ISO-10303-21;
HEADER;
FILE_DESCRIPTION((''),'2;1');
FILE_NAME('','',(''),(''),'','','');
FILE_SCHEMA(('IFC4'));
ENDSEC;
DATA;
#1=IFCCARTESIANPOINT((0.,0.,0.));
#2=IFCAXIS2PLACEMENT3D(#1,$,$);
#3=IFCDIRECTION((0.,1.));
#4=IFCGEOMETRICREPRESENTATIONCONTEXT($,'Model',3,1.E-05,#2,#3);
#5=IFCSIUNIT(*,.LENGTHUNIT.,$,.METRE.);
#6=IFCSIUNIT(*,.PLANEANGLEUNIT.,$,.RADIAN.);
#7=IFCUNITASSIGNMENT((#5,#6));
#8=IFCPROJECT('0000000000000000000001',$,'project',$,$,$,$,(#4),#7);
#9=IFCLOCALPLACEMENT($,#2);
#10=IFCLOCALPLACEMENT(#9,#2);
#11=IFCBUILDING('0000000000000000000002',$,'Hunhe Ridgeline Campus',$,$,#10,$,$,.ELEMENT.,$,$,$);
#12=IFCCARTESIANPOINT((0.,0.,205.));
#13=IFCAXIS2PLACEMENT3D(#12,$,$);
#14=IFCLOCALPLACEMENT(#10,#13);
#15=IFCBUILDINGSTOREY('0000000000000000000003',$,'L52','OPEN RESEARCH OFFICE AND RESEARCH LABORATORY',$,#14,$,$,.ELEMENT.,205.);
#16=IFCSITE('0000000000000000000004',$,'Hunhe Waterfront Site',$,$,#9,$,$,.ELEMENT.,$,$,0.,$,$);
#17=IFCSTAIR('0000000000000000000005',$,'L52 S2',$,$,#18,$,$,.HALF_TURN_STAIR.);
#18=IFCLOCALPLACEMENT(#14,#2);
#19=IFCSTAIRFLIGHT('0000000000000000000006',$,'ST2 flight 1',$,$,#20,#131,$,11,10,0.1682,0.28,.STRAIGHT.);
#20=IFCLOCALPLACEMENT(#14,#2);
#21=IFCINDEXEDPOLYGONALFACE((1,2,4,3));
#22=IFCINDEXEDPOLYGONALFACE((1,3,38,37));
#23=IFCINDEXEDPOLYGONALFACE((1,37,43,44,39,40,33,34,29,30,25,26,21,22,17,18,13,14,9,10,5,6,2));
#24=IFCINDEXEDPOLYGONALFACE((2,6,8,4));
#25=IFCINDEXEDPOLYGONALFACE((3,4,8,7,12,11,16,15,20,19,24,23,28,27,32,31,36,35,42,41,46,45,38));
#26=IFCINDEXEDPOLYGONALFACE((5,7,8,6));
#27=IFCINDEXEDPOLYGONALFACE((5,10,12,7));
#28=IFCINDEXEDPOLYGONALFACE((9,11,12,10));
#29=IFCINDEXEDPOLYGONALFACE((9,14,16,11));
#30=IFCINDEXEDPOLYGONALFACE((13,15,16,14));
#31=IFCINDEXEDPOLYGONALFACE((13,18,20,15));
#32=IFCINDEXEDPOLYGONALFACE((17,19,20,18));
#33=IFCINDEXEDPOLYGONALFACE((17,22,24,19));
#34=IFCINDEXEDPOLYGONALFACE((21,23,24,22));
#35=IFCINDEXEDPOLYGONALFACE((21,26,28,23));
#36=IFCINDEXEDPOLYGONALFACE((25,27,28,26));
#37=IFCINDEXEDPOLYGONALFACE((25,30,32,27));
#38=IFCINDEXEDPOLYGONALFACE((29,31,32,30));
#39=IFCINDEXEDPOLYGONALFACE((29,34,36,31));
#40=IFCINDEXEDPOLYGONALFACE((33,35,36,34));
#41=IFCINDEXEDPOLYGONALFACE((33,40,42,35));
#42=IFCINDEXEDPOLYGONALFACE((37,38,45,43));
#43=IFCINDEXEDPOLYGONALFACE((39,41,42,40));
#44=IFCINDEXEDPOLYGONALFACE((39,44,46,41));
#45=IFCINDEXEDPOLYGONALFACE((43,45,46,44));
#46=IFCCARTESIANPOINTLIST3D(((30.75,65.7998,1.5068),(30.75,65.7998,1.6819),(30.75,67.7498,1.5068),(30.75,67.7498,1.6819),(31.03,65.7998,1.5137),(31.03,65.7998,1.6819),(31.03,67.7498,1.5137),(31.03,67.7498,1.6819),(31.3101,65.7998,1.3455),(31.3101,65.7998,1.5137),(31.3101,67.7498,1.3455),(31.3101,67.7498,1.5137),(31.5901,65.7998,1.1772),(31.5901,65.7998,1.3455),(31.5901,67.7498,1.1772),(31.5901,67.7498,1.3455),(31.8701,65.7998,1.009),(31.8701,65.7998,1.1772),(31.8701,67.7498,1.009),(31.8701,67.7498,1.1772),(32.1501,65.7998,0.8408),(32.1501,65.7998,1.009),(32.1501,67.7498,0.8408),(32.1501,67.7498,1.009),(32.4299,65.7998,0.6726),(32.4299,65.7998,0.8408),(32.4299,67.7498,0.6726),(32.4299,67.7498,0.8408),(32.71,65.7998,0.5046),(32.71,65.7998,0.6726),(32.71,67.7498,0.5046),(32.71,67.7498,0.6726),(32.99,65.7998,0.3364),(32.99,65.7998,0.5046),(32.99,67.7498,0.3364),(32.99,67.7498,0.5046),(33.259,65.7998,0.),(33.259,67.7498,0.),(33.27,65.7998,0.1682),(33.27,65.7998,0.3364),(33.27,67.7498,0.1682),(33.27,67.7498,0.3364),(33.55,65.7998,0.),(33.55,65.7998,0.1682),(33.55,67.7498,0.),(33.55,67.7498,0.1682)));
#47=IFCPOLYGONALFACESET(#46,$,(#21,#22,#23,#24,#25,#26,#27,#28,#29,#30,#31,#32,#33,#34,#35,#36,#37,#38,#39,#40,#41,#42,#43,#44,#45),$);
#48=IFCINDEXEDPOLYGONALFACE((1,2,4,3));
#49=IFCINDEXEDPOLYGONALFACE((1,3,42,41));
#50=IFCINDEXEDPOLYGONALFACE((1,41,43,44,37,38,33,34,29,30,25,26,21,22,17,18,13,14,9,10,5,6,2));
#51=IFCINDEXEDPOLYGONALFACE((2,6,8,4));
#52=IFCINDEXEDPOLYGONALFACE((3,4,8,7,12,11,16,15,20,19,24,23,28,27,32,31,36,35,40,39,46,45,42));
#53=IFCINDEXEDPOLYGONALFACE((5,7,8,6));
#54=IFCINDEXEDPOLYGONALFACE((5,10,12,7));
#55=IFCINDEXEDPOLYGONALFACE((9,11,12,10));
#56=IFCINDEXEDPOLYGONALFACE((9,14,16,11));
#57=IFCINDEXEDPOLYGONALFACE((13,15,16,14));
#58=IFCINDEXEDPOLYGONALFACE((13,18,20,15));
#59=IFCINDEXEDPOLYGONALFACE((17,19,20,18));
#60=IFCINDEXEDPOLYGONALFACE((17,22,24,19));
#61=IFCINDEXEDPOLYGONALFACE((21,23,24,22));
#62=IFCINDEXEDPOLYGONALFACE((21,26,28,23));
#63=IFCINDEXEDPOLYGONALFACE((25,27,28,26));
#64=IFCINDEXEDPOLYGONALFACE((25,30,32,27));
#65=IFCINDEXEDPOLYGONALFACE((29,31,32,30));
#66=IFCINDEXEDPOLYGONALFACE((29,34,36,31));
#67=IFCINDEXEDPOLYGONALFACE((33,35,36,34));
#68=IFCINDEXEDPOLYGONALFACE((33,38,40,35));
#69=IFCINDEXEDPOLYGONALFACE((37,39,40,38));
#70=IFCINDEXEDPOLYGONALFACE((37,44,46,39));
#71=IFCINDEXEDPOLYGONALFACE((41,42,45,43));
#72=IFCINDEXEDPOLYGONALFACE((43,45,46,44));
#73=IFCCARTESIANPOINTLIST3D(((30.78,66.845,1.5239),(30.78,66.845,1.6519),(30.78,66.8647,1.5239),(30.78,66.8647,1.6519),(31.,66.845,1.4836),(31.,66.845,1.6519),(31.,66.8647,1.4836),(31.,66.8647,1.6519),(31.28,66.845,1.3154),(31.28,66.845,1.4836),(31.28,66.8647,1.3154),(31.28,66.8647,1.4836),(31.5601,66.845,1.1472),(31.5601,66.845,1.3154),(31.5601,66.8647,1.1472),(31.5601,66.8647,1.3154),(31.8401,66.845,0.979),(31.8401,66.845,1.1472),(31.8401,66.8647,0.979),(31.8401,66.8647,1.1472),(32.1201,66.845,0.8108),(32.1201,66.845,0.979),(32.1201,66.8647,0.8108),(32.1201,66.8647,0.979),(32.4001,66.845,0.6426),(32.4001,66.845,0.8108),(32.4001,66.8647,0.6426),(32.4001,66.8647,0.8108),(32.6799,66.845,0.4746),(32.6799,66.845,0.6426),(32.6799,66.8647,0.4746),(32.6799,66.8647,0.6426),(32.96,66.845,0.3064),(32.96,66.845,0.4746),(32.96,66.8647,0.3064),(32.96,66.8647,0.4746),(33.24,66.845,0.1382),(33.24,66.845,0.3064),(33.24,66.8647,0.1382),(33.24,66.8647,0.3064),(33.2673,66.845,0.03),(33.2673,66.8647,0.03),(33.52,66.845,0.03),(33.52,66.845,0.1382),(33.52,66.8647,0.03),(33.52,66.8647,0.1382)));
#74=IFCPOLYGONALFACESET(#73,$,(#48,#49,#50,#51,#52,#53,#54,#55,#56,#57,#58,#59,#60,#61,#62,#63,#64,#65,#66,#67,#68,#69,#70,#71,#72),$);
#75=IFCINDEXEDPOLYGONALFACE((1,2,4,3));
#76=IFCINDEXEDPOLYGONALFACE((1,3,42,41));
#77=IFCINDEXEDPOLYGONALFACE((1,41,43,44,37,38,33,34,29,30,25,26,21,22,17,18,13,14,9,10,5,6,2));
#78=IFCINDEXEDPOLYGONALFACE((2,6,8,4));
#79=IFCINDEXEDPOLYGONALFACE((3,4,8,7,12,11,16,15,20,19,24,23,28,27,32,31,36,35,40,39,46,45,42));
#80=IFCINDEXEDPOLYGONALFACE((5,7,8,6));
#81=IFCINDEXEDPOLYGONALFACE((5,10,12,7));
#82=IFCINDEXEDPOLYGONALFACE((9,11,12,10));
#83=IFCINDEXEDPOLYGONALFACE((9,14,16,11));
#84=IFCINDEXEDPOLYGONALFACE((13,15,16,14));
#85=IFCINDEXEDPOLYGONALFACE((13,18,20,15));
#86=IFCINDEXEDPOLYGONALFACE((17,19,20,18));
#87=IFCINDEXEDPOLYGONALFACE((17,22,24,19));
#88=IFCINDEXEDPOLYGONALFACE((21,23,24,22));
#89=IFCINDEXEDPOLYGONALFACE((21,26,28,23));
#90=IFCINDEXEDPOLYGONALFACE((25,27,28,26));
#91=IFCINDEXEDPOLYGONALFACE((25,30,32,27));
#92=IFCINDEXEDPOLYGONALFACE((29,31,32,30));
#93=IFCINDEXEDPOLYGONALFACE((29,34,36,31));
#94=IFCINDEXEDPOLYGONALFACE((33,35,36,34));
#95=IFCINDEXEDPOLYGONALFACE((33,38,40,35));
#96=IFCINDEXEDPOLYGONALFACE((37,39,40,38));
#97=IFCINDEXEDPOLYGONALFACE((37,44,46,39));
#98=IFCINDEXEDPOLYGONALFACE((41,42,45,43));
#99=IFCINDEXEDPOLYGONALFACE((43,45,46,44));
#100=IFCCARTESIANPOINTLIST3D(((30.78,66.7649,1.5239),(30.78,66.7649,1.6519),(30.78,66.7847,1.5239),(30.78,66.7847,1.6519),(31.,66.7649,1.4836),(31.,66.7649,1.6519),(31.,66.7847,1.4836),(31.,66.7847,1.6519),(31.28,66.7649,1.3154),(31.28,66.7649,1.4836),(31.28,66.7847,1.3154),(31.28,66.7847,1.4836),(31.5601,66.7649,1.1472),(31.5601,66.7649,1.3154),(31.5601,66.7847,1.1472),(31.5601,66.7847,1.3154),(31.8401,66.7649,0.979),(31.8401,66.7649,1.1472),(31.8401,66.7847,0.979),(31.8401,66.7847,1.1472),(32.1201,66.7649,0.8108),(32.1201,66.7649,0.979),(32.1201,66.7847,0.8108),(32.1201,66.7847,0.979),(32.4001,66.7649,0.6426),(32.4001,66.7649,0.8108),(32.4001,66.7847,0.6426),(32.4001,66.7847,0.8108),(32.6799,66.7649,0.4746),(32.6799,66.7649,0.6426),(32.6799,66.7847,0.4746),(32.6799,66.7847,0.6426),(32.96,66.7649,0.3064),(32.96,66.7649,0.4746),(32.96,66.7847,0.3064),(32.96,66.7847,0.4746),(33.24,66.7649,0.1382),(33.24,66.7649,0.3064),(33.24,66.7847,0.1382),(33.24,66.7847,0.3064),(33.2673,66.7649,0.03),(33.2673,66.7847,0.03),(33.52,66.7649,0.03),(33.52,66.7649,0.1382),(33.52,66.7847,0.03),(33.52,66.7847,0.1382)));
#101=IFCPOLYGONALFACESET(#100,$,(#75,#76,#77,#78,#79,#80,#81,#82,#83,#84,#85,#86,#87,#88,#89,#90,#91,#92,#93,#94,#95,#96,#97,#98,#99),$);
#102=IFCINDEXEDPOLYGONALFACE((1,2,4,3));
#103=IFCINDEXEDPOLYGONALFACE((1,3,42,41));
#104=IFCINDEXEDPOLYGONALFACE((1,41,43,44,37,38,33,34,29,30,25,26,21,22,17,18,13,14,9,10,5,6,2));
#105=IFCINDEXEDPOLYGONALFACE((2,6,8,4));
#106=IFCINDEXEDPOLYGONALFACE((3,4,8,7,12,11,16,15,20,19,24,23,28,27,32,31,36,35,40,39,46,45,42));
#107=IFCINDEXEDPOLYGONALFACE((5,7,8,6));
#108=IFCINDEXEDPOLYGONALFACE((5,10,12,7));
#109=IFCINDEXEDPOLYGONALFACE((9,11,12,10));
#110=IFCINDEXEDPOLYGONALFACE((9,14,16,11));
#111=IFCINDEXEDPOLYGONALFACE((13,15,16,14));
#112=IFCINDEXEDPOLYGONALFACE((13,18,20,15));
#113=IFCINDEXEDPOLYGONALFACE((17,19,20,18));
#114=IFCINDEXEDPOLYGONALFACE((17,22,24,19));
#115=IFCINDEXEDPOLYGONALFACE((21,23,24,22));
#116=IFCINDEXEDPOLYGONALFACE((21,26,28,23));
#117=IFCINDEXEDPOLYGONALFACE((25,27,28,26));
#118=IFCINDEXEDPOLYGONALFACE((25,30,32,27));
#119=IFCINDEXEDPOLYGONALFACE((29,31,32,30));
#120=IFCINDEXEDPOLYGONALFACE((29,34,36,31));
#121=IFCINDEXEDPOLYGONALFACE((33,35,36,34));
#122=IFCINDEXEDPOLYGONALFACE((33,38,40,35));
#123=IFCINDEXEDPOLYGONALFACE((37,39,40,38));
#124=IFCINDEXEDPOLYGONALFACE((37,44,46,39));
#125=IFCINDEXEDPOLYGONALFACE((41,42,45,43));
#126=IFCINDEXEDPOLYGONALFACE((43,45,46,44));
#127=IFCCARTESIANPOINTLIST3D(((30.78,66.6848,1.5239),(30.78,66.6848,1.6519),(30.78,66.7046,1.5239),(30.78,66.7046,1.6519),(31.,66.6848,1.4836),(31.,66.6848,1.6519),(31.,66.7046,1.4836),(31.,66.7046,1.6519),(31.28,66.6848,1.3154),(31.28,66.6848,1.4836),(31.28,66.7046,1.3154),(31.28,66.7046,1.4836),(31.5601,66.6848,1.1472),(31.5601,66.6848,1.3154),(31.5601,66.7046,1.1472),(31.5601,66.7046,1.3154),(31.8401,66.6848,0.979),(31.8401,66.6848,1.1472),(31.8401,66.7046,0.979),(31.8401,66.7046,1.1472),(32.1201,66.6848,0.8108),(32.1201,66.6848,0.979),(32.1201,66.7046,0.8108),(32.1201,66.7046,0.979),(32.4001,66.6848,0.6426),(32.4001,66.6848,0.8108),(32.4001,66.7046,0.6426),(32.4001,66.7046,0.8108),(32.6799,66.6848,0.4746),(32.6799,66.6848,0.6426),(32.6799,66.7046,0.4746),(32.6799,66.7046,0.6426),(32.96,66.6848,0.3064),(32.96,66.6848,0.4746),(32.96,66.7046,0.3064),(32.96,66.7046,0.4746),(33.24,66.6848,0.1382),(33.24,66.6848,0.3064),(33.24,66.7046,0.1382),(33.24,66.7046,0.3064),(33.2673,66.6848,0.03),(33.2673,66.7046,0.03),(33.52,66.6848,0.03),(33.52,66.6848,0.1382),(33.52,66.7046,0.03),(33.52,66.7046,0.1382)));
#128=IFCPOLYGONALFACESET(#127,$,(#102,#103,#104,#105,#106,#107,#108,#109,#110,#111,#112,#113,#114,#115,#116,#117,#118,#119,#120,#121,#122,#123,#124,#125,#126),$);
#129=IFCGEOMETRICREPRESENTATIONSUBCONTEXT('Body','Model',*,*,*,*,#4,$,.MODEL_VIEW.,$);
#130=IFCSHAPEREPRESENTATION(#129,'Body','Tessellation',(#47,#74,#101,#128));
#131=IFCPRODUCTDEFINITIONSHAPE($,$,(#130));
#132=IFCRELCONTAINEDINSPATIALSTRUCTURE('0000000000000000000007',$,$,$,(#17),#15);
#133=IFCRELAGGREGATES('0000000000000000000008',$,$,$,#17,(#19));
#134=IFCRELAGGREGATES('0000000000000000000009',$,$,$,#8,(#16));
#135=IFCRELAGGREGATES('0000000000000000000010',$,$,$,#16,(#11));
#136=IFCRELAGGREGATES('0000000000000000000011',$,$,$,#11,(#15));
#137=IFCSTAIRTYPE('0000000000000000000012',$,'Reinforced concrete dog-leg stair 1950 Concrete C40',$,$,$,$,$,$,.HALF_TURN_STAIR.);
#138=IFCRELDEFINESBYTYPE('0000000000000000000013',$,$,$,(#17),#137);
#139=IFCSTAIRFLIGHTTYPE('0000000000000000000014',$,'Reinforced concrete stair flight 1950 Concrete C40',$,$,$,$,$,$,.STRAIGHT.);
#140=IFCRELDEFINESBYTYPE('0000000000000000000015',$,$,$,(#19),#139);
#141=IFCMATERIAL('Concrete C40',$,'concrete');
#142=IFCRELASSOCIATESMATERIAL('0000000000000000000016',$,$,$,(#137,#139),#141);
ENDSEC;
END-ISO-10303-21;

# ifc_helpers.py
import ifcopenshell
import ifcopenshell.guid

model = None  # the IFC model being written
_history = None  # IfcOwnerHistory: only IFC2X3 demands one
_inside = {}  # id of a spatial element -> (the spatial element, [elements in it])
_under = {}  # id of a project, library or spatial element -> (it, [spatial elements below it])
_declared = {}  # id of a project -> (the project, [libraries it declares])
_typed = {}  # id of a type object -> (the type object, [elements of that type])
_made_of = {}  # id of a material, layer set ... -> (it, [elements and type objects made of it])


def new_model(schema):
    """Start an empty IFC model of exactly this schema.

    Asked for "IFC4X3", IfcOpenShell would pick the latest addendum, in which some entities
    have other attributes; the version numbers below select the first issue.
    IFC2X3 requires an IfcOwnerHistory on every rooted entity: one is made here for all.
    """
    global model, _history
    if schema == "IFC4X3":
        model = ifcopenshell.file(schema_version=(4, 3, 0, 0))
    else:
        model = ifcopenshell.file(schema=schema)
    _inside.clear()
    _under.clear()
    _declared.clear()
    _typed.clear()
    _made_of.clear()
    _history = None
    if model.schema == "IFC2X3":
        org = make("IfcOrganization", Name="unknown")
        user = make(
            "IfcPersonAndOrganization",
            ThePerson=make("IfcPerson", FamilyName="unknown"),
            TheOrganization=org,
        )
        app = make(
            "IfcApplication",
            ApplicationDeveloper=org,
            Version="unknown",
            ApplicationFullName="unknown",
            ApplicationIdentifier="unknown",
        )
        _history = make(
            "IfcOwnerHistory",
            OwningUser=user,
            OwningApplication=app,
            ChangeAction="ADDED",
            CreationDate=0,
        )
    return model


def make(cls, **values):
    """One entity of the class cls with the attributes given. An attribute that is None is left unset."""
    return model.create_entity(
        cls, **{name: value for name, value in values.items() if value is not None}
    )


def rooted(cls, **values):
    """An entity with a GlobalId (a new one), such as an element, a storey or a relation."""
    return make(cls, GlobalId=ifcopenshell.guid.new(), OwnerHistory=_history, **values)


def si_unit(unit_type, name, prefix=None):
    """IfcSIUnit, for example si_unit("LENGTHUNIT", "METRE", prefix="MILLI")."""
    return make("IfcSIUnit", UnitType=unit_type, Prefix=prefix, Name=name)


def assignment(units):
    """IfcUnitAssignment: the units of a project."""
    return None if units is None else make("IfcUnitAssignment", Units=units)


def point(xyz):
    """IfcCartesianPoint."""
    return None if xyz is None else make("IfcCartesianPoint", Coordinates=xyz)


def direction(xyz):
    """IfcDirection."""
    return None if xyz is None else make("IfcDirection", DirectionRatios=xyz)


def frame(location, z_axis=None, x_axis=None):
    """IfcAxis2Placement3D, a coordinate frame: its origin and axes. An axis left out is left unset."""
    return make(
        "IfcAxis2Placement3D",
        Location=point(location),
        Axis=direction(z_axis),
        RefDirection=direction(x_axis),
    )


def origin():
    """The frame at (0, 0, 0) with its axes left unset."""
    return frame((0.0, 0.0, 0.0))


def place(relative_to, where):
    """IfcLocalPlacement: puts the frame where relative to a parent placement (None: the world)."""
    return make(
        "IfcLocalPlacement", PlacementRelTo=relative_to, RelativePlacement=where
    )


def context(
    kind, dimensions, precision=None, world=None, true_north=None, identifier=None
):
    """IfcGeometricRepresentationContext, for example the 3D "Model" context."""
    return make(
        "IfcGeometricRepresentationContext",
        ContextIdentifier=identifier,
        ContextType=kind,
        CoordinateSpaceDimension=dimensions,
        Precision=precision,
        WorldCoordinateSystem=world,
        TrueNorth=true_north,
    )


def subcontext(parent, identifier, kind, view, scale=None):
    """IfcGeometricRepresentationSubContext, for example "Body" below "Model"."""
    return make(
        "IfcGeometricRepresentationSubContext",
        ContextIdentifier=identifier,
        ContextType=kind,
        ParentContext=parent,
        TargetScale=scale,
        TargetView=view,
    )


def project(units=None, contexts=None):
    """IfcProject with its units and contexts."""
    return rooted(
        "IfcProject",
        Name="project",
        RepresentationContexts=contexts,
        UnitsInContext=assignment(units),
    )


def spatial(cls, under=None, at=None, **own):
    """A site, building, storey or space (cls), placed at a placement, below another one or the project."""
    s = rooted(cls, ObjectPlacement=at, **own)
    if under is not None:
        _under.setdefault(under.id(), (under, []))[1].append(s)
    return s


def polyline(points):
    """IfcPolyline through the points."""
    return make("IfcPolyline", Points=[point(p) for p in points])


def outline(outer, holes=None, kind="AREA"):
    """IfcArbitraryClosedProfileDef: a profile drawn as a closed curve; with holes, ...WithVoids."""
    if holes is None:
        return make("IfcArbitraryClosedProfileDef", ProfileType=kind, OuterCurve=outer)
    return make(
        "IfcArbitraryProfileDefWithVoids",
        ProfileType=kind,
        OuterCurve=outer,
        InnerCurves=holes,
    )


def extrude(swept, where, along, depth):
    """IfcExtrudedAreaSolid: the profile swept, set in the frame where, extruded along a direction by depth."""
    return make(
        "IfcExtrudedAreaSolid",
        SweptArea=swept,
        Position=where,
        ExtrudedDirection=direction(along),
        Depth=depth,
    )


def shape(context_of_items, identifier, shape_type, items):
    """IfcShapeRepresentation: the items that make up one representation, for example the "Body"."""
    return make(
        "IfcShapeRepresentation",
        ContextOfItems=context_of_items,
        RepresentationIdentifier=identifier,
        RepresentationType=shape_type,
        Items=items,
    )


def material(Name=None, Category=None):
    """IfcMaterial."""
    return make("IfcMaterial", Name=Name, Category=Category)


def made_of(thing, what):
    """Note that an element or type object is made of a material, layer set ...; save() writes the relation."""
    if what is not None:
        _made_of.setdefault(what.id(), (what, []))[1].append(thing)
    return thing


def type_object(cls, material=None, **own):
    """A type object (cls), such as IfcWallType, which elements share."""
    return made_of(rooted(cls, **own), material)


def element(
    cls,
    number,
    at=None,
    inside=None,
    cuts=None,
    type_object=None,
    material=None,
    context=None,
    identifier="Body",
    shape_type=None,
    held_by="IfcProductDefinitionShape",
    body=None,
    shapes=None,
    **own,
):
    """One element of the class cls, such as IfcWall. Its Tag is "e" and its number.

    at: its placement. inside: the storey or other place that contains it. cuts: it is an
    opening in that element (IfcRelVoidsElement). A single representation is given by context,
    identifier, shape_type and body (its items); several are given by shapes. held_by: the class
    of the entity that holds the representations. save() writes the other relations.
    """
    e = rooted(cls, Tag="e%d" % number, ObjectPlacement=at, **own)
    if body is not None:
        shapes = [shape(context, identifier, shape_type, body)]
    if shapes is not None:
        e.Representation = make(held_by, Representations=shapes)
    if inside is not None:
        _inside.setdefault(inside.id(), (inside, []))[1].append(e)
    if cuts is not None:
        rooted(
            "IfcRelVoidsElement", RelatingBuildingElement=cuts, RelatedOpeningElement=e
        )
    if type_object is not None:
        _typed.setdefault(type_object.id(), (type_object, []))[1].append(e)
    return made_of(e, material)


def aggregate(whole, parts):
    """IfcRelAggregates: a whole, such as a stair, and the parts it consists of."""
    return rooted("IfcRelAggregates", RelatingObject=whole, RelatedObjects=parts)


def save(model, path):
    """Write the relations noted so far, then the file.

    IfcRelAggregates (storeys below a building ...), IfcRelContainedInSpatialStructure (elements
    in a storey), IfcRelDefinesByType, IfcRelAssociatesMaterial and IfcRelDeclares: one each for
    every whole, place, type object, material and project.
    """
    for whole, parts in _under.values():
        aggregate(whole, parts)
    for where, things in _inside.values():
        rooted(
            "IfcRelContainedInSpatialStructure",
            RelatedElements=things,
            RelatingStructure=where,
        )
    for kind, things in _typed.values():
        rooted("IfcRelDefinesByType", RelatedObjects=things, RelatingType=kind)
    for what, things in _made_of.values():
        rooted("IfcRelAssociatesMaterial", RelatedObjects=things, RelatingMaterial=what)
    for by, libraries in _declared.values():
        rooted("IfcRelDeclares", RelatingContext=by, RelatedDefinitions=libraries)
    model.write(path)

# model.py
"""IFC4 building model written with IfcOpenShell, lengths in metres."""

from ifc_helpers import new_model, si_unit, direction, frame, origin, place, context, subcontext, project, spatial, polyline, outline, extrude, material, type_object, element, aggregate, save


model = new_model("IFC4")

# Units and contexts
model_context = context("Model", 3, precision=1e-05, world=origin(), true_north=direction((0.0, 1.0)))
body_context = subcontext(model_context, "Body", "Model", "MODEL_VIEW")
ifc_project = project(units=[si_unit("LENGTHUNIT", "METRE"), si_unit("PLANEANGLEUNIT", "RADIAN")], contexts=[model_context])

# Site, building, storey
site_placement = place(None, origin())
site = spatial("IfcSite", under=ifc_project, at=site_placement, Name="Hunhe Waterfront Site", CompositionType="ELEMENT", RefElevation=0.0)
building_placement = place(site_placement, origin())
building = spatial("IfcBuilding", under=site, at=building_placement, Name="Hunhe Ridgeline Campus", CompositionType="ELEMENT")
storey_placement = place(building_placement, frame((0.0, 0.0, 205.0)))
storey = spatial("IfcBuildingStorey", under=building, at=storey_placement, Name="L52", Description="OPEN RESEARCH OFFICE AND RESEARCH LABORATORY", CompositionType="ELEMENT", Elevation=205.0)

# Stair, stair flight
ifc_material_1 = material(Name="Concrete C40", Category="concrete")
stair_type = type_object("IfcStairType", Name="Reinforced concrete dog-leg stair 1950 Concrete C40", PredefinedType="HALF_TURN_STAIR", material=ifc_material_1)
stair_placement = place(storey_placement, origin())
stair = element("IfcStair", 1, at=stair_placement, inside=storey, type_object=stair_type, Name="L52 S2", PredefinedType="HALF_TURN_STAIR")
stair_flight_type = type_object("IfcStairFlightType", Name="Reinforced concrete stair flight 1950 Concrete C40", PredefinedType="STRAIGHT", material=ifc_material_1)
stair_flight_1_placement = place(storey_placement, frame((33.55, 66.7749, 0.0), z_axis=(0.0, 0.0, 1.0), x_axis=(-1.0, 0.0, 0.0)))
stair_flight_1 = element("IfcStairFlight", 2, at=stair_flight_1_placement, type_object=stair_flight_type, Name="ST2 flight 1", NumberOfRisers=11, NumberOfTreads=10, PredefinedType="STRAIGHT", RiserHeight=0.1682, TreadLength=0.28, context=body_context, shape_type="SweptSolid", body=[
    extrude(outline(polyline([(0.0, 0.0), (0.0, 0.1682), (0.28, 0.1682), (0.28, 0.3364), (0.5601, 0.3364), (0.5601, 0.5046), (0.8401, 0.5046), (0.8401, 0.6726), (1.1201, 0.6726), (1.1201, 0.8408), (1.3999, 0.8408), (1.3999, 1.009), (1.6799, 1.009), (1.6799, 1.1772), (1.96, 1.1772), (1.96, 1.3455), (2.24, 1.3455), (2.24, 1.5137), (2.52, 1.5137), (2.52, 1.6819), (2.8, 1.6819), (2.8, 1.8501), (2.8, 1.5068), (0.291, 0.0), (0.0, 0.0)])), frame((0.0, 0.9751, 0.0), z_axis=(0.0, -1.0, 0.0), x_axis=(1.0, 0.0, 0.0)), (0.0, 0.0, 1.0), 1.95),
    extrude(outline(polyline([(0.03, 0.03), (0.03, 0.1382), (0.3101, 0.1382), (0.3101, 0.3064), (0.5901, 0.3064), (0.5901, 0.4746), (0.8701, 0.4746), (0.8701, 0.6426), (1.1499, 0.6426), (1.1499, 0.8108), (1.4299, 0.8108), (1.4299, 0.979), (1.71, 0.979), (1.71, 1.1472), (1.99, 1.1472), (1.99, 1.3154), (2.27, 1.3154), (2.27, 1.4836), (2.55, 1.4836), (2.55, 1.6519), (2.77, 1.6519), (2.77, 1.5239), (0.2827, 0.03), (0.03, 0.03)])), frame((0.0, -0.0701, 0.0), z_axis=(0.0, -1.0, 0.0), x_axis=(1.0, 0.0, 0.0)), (0.0, 0.0, 1.0), 0.0198),
    extrude(outline(polyline([(0.03, 0.03), (0.03, 0.1382), (0.3101, 0.1382), (0.3101, 0.3064), (0.5901, 0.3064), (0.5901, 0.4746), (0.8701, 0.4746), (0.8701, 0.6426), (1.1499, 0.6426), (1.1499, 0.8108), (1.4299, 0.8108), (1.4299, 0.979), (1.71, 0.979), (1.71, 1.1472), (1.99, 1.1472), (1.99, 1.3154), (2.27, 1.3154), (2.27, 1.4836), (2.55, 1.4836), (2.55, 1.6519), (2.77, 1.6519), (2.77, 1.5239), (0.2827, 0.03), (0.03, 0.03)])), frame((0.0, 0.01, 0.0), z_axis=(0.0, -1.0, 0.0), x_axis=(1.0, 0.0, 0.0)), (0.0, 0.0, 1.0), 0.0198),
    extrude(outline(polyline([(0.03, 0.03), (0.03, 0.1382), (0.3101, 0.1382), (0.3101, 0.3064), (0.5901, 0.3064), (0.5901, 0.4746), (0.8701, 0.4746), (0.8701, 0.6426), (1.1499, 0.6426), (1.1499, 0.8108), (1.4299, 0.8108), (1.4299, 0.979), (1.71, 0.979), (1.71, 1.1472), (1.99, 1.1472), (1.99, 1.3154), (2.27, 1.3154), (2.27, 1.4836), (2.55, 1.4836), (2.55, 1.6519), (2.77, 1.6519), (2.77, 1.5239), (0.2827, 0.03), (0.03, 0.03)])), frame((0.0, 0.0901, 0.0), z_axis=(0.0, -1.0, 0.0), x_axis=(1.0, 0.0, 0.0)), (0.0, 0.0, 1.0), 0.0198),
])
aggregate(stair, [stair_flight_1])

save(model, "model.ifc")
